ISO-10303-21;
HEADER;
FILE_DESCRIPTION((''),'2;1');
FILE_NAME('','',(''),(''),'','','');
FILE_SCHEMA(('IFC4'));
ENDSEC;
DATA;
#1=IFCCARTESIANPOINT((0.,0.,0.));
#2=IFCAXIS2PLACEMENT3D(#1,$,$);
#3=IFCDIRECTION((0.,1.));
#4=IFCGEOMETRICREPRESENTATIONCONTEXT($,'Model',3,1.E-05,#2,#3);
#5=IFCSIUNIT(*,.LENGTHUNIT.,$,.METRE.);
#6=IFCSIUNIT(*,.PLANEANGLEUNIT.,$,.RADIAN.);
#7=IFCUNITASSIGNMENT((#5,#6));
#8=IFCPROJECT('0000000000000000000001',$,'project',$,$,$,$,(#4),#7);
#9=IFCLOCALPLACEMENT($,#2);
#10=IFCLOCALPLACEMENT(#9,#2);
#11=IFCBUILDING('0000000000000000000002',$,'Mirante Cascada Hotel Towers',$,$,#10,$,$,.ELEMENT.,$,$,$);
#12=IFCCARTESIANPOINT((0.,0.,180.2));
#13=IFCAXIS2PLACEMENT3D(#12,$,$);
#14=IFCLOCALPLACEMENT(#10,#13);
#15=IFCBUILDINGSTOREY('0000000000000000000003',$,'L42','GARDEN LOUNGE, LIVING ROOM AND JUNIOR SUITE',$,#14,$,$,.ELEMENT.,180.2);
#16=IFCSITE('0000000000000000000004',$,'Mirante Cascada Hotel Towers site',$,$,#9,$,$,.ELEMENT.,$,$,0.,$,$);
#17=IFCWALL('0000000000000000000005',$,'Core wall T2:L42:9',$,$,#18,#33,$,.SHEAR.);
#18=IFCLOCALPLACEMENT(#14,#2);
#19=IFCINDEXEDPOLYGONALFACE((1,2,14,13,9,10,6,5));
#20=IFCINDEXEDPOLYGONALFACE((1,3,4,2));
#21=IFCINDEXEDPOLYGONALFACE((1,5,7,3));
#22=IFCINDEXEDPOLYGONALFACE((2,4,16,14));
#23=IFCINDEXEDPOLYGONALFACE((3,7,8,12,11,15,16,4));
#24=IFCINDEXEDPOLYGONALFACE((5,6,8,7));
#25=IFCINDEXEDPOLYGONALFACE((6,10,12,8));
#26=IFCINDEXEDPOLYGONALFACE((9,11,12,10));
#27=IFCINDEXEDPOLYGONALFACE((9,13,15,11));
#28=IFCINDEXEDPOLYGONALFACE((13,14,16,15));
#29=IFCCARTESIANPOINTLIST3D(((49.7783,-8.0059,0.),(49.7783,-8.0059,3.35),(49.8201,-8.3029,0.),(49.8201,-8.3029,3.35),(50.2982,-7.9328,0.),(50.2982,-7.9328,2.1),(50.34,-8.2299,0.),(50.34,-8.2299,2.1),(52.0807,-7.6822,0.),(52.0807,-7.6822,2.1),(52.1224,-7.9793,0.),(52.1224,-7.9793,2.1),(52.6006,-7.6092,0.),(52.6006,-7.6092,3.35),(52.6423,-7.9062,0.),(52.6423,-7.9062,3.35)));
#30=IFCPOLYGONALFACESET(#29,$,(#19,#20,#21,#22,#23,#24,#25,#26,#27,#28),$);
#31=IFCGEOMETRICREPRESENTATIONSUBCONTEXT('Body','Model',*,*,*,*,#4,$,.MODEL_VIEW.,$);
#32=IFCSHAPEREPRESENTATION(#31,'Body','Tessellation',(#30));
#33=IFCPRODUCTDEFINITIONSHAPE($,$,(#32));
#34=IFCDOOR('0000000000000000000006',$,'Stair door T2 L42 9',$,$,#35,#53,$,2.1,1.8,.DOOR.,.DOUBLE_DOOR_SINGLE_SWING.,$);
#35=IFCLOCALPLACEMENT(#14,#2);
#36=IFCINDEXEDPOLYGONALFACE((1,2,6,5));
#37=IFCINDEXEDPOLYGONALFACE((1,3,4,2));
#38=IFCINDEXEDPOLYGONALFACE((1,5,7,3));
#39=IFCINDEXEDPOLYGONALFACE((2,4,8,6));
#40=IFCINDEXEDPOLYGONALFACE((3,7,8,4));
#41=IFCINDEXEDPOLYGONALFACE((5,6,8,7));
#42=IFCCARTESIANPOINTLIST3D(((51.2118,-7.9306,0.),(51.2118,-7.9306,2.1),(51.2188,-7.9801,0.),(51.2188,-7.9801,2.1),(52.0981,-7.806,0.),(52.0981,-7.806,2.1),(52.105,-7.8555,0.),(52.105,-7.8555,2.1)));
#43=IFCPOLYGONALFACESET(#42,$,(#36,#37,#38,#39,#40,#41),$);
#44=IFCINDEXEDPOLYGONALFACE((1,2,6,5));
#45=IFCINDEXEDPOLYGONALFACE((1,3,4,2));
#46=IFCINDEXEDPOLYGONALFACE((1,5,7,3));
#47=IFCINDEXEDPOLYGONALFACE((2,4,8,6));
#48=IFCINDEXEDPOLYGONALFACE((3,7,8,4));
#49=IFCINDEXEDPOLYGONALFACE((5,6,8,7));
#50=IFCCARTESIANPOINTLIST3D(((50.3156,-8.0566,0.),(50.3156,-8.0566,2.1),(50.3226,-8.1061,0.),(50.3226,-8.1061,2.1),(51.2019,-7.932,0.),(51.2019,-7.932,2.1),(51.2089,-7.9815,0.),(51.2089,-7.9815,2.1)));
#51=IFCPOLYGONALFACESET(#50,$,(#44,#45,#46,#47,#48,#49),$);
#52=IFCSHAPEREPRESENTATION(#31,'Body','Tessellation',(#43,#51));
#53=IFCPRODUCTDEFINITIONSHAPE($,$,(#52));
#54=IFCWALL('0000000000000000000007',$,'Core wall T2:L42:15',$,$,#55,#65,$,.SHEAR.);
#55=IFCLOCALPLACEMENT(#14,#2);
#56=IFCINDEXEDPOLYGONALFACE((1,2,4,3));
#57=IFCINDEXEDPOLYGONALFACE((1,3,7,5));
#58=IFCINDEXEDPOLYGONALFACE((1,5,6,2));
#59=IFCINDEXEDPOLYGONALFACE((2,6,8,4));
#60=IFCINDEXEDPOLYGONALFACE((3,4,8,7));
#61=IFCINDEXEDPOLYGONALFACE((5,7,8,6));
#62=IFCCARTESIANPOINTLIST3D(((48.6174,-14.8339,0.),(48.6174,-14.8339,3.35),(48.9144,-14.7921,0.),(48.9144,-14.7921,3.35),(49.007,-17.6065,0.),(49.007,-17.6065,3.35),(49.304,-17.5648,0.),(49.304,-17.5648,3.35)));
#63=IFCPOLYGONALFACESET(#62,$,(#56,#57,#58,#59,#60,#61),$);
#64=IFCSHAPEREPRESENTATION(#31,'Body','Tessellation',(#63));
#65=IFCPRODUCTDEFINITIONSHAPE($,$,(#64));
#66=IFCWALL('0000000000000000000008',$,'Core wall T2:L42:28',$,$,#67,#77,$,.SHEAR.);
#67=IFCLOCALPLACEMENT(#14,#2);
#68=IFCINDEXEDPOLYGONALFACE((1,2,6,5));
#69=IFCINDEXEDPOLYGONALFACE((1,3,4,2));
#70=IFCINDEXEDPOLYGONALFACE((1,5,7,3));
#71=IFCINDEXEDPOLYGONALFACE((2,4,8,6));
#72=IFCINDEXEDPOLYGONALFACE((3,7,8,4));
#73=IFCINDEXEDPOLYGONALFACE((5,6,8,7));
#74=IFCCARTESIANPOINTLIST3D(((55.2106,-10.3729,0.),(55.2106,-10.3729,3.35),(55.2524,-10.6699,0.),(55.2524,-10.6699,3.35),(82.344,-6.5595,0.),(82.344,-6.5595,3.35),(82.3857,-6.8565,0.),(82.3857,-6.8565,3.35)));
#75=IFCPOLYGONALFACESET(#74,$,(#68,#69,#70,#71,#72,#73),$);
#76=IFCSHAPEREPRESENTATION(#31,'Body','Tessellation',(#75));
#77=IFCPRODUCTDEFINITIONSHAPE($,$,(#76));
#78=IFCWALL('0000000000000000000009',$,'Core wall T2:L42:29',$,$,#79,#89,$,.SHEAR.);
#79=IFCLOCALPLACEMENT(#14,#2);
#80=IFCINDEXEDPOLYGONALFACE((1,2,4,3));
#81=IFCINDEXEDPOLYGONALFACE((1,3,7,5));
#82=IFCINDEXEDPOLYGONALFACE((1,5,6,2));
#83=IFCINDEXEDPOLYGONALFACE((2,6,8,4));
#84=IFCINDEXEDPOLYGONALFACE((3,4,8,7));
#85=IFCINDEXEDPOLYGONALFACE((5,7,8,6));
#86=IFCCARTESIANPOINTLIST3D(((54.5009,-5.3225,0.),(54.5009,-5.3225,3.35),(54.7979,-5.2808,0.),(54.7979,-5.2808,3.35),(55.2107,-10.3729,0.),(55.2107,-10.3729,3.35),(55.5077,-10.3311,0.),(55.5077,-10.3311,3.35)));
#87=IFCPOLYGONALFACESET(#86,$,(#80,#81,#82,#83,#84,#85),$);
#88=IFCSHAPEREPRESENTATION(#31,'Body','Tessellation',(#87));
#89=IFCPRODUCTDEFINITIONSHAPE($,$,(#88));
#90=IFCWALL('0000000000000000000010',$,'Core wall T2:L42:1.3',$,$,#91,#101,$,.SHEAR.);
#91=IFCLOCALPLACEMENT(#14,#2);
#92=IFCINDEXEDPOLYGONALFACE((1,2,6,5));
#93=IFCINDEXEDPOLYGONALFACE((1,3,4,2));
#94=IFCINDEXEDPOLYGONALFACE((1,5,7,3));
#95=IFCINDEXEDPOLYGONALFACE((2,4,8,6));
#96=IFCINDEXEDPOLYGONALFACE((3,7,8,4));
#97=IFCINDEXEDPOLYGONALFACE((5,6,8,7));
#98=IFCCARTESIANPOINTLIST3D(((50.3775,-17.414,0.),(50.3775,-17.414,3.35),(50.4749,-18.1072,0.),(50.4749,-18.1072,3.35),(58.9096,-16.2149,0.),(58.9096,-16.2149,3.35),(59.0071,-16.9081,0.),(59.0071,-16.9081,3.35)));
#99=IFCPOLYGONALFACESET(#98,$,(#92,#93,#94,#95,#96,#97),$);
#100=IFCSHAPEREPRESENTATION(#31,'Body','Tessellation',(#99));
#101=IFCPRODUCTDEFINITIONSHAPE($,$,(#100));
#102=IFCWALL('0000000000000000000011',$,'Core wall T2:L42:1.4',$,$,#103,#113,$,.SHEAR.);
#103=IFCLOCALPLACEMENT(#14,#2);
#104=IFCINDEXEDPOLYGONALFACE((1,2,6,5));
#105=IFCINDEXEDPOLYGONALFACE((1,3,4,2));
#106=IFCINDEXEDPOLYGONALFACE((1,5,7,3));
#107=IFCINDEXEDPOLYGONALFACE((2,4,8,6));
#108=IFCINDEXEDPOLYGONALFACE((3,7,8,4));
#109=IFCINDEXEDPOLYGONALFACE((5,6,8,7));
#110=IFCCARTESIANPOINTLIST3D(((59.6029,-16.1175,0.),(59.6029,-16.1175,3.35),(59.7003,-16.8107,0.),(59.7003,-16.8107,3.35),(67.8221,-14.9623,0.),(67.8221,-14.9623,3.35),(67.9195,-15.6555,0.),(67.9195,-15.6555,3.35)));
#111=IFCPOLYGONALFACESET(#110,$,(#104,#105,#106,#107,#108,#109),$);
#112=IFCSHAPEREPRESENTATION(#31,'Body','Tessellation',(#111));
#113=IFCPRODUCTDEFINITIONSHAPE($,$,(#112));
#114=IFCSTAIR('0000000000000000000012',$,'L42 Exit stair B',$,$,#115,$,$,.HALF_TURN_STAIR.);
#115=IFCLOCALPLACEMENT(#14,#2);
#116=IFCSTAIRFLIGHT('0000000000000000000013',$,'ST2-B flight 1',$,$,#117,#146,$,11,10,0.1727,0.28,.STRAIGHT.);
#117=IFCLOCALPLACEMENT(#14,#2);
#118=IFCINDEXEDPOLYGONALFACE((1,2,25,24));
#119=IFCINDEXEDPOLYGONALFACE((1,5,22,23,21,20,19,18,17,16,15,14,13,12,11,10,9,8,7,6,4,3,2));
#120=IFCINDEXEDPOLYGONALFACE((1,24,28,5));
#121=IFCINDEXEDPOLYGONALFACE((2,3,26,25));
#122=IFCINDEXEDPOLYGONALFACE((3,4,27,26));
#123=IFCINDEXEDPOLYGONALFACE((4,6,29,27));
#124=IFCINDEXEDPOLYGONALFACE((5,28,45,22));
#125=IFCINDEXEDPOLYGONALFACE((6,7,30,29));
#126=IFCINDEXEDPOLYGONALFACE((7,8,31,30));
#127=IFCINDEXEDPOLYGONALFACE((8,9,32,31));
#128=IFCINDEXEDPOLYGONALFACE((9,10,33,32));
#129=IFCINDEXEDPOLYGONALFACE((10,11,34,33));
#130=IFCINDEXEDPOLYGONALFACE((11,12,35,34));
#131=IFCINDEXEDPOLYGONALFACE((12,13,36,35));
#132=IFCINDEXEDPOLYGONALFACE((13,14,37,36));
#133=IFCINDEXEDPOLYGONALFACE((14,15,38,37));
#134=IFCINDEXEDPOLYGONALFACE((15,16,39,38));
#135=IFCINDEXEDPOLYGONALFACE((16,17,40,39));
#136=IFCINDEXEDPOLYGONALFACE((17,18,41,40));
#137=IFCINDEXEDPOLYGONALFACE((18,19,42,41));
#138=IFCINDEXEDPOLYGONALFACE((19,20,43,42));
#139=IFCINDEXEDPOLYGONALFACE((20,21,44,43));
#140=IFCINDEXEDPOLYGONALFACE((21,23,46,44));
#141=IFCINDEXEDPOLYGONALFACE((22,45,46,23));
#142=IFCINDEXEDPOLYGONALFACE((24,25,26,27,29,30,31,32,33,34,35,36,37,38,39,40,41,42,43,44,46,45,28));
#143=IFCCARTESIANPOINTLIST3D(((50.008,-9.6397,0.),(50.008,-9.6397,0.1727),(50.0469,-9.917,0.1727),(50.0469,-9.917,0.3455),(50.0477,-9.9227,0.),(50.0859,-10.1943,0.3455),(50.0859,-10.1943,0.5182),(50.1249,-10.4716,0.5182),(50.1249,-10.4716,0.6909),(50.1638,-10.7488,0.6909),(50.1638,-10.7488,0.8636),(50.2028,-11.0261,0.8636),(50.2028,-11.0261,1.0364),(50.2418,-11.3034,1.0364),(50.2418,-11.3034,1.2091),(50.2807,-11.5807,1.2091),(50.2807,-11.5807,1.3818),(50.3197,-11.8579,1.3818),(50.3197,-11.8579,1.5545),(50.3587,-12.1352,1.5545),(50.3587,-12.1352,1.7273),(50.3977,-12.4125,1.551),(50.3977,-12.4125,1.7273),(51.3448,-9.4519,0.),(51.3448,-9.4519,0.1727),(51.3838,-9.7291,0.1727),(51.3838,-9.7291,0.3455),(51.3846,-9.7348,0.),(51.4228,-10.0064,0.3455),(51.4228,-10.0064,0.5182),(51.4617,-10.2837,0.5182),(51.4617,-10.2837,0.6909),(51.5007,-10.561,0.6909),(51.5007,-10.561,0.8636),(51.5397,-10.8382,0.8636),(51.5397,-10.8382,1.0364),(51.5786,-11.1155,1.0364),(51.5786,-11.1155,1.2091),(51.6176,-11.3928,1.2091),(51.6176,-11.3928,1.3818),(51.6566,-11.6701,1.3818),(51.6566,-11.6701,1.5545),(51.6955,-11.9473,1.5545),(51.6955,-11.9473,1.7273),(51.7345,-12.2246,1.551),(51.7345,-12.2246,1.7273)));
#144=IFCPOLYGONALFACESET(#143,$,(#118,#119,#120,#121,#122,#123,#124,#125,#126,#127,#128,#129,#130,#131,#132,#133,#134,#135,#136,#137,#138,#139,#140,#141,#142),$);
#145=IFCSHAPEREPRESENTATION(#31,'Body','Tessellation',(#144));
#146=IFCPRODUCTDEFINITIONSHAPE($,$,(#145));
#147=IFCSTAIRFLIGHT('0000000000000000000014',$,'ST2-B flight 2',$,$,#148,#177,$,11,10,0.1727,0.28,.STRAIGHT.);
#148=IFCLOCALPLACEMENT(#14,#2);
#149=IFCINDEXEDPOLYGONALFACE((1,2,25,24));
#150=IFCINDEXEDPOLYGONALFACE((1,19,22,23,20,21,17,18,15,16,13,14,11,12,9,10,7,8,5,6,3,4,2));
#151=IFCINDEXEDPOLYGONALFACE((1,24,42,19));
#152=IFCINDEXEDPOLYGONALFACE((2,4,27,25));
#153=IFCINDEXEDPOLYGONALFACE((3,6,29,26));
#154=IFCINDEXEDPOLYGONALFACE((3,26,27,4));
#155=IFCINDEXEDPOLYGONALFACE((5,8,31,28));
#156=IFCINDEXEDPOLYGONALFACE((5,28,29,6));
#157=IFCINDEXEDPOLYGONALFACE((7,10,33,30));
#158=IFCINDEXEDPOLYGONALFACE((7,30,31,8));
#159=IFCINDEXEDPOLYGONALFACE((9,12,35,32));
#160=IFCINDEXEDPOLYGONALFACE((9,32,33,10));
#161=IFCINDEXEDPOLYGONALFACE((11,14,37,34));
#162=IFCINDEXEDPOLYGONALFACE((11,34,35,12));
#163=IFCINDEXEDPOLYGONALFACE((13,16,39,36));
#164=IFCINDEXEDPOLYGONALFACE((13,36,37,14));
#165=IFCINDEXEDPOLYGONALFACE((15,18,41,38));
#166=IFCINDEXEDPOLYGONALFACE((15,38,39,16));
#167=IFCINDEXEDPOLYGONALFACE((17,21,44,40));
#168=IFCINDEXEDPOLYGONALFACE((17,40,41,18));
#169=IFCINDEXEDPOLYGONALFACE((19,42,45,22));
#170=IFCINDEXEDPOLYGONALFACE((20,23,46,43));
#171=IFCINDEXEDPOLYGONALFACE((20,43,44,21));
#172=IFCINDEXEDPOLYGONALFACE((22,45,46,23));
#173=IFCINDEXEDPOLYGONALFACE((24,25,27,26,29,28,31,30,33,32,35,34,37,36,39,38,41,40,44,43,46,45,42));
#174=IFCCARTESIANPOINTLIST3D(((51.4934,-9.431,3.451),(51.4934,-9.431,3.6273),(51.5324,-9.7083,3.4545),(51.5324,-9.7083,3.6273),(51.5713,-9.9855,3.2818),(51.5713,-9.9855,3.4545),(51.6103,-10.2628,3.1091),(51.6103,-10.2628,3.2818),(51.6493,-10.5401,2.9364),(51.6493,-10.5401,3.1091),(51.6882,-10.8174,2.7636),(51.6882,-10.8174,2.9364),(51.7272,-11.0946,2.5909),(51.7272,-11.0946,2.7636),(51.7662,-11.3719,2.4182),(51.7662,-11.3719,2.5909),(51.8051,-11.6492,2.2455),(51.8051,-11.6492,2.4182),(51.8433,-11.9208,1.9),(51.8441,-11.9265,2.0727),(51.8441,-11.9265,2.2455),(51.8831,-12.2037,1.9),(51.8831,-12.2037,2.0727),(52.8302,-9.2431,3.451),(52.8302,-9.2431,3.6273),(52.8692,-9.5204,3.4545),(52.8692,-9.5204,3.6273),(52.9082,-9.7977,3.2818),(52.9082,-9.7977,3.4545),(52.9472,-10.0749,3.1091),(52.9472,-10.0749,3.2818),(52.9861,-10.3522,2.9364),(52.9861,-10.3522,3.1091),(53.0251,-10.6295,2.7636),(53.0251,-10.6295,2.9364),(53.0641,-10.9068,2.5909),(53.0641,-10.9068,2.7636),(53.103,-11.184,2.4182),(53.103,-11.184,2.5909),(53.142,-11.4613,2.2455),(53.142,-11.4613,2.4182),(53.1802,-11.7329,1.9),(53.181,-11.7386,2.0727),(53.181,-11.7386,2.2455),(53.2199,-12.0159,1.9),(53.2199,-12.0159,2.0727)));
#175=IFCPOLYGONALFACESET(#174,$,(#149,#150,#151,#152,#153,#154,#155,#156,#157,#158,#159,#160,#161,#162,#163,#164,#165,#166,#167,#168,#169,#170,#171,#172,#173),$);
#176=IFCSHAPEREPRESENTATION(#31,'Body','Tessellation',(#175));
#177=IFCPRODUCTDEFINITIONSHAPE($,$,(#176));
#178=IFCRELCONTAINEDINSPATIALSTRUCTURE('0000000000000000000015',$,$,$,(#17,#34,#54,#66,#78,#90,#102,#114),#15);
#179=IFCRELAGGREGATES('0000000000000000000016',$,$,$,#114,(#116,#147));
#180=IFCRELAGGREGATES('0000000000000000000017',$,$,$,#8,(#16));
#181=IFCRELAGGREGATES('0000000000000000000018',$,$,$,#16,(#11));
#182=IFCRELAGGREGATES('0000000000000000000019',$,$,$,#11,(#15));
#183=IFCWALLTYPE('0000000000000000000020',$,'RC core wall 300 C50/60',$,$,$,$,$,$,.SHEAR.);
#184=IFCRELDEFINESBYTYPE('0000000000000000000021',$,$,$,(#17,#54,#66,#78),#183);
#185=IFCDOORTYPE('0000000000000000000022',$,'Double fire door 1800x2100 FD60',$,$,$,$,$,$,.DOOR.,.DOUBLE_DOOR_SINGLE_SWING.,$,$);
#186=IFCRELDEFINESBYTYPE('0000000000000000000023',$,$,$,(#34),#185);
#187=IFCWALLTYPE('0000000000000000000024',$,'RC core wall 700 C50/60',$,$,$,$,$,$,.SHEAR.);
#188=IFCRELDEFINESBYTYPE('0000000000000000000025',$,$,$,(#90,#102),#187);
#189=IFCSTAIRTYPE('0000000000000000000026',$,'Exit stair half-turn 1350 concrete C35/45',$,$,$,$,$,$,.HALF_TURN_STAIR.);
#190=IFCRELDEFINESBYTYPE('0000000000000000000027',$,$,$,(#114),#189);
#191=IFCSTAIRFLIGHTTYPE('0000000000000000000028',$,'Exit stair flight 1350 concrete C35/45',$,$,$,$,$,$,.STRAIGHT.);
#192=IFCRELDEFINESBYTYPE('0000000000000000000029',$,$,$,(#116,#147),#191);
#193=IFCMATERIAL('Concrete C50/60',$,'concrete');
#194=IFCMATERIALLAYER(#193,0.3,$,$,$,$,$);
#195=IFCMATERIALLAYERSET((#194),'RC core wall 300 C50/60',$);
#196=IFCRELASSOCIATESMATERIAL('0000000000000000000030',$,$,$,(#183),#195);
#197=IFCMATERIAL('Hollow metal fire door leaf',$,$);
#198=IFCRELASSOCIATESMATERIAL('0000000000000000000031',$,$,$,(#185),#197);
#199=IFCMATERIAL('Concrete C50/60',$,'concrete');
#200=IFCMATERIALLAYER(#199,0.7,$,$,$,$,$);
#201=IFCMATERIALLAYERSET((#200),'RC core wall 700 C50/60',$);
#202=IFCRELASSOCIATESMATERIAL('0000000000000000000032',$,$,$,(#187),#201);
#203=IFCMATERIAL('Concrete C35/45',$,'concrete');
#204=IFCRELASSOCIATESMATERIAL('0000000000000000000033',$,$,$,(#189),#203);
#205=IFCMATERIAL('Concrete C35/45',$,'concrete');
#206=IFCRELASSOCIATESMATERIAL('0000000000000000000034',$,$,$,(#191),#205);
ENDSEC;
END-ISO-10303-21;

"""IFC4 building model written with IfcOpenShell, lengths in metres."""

from ifc_helpers import new_model, si_unit, direction, frame, frame_2d, origin, place, context, subcontext, project, spatial, polyline, rectangle, outline, extrude, material, layer, layer_set, type_object, element, fill, aggregate, save


model = new_model("IFC4")

# Units and contexts
model_context = context("Model", 3, precision=1e-05, world=origin(), true_north=direction((0.0, 1.0)))
body_context = subcontext(model_context, "Body", "Model", "MODEL_VIEW")
ifc_project = project(units=[si_unit("LENGTHUNIT", "METRE"), si_unit("PLANEANGLEUNIT", "RADIAN")], contexts=[model_context])

# Site, building, storey
site_placement = place(None, origin())
site = spatial("IfcSite", under=ifc_project, at=site_placement, Name="Mirante Cascada Hotel Towers site", CompositionType="ELEMENT", RefElevation=0.0)
building_placement = place(site_placement, origin())
building = spatial("IfcBuilding", under=site, at=building_placement, Name="Mirante Cascada Hotel Towers", CompositionType="ELEMENT")
storey_placement = place(building_placement, frame((0.0, 0.0, 180.2)))
storey = spatial("IfcBuildingStorey", under=building, at=storey_placement, Name="L42", Description="GARDEN LOUNGE, LIVING ROOM AND JUNIOR SUITE", CompositionType="ELEMENT", Elevation=180.2)

# Shared definitions
ifc_material_1 = material(Name="Concrete C50/60", Category="concrete")
ifc_layer_1 = layer(ifc_material_1, 0.3)
ifc_layer_set_1 = layer_set([ifc_layer_1], Name="RC core wall 300 C50/60")
wall_type_1 = type_object("IfcWallType", Name="RC core wall 300 C50/60", PredefinedType="SHEAR", material=ifc_layer_set_1)

# Wall, opening, door
wall_1_placement = place(storey_placement, frame((49.7992, -8.1544, 0.0), z_axis=(0.0, 0.0, 1.0), x_axis=(0.990266, 0.139191, 0.0)))
wall_1 = element("IfcWall", 1, at=wall_1_placement, inside=storey, type_object=wall_type_1, Name="Core wall T2:L42:9", PredefinedType="SHEAR", context=body_context, shape_type="SweptSolid", body=[
    extrude(rectangle(XDim=2.85, YDim=0.3, at=frame_2d((1.425, 0.0))), origin(), (0.0, 0.0, 1.0), 3.35),
])
opening_1_placement = place(wall_1_placement, frame((0.525, 0.0, 0.0)))
opening_1 = element("IfcOpeningElement", 2, at=opening_1_placement, cuts=wall_1, PredefinedType="OPENING", context=body_context, shape_type="SweptSolid", body=[
    extrude(rectangle(XDim=1.8, YDim=2.1, at=frame_2d((0.9, 1.05))), frame((0.0, 0.15, 0.0), z_axis=(0.0, -1.0, 0.0), x_axis=(1.0, 0.0, 0.0)), (0.0, 0.0, 1.0), 0.3),
])
ifc_material_2 = material(Name="Hollow metal fire door leaf")
door_type_1 = type_object("IfcDoorType", Name="Double fire door 1800x2100 FD60", OperationType="DOUBLE_DOOR_SINGLE_SWING", PredefinedType="DOOR", material=ifc_material_2)
door_1_placement = place(opening_1_placement, frame((1.8, 0.0, 0.0), z_axis=(0.0, 0.0, 1.0), x_axis=(-1.0, 0.0, 0.0)))
door_1 = element("IfcDoor", 3, at=door_1_placement, inside=storey, type_object=door_type_1, Name="Stair door T2 L42 9", OperationType="DOUBLE_DOOR_SINGLE_SWING", OverallHeight=2.1, OverallWidth=1.8, PredefinedType="DOOR", context=body_context, shape_type="SweptSolid", body=[
    extrude(rectangle(XDim=0.895, YDim=2.1, at=frame_2d((0.4475, 1.05))), frame((0.0, 0.025, 0.0), z_axis=(0.0, -1.0, 0.0), x_axis=(1.0, 0.0, 0.0)), (0.0, 0.0, 1.0), 0.05),
    extrude(rectangle(XDim=0.895, YDim=2.1, at=frame_2d((1.3525, 1.05))), frame((0.0, 0.025, 0.0), z_axis=(0.0, -1.0, 0.0), x_axis=(1.0, 0.0, 0.0)), (0.0, 0.0, 1.0), 0.05),
])
fill(opening_1, door_1)

# Walls
wall_2_placement = place(storey_placement, frame((49.1555, -17.5857, 0.0), z_axis=(0.0, 0.0, 1.0), x_axis=(-0.139146, 0.990272, 0.0)))
element("IfcWall", 4, at=wall_2_placement, inside=storey, type_object=wall_type_1, Name="Core wall T2:L42:15", PredefinedType="SHEAR", context=body_context, shape_type="SweptSolid", body=[
    extrude(rectangle(XDim=2.7999, YDim=0.3, at=frame_2d((1.4, 0.0))), origin(), (0.0, 0.0, 1.0), 3.35),
])
wall_3_placement = place(storey_placement, frame((55.2315, -10.5214, 0.0), z_axis=(0.0, 0.0, 1.0), x_axis=(0.990268, 0.139175, 0.0)))
element("IfcWall", 5, at=wall_3_placement, inside=storey, type_object=wall_type_1, Name="Core wall T2:L42:28", PredefinedType="SHEAR", context=body_context, shape_type="SweptSolid", body=[
    extrude(rectangle(XDim=27.4, YDim=0.3, at=frame_2d((13.7, 0.0))), origin(), (0.0, 0.0, 1.0), 3.35),
])
wall_4_placement = place(storey_placement, frame((55.3592, -10.352, 0.0), z_axis=(0.0, 0.0, 1.0), x_axis=(-0.139176, 0.990268, 0.0)))
element("IfcWall", 6, at=wall_4_placement, inside=storey, type_object=wall_type_1, Name="Core wall T2:L42:29", PredefinedType="SHEAR", context=body_context, shape_type="SweptSolid", body=[
    extrude(rectangle(XDim=5.1, YDim=0.3, at=frame_2d((2.55, 0.0))), origin(), (0.0, 0.0, 1.0), 3.35),
])
ifc_material_3 = material(Name="Concrete C50/60", Category="concrete")
ifc_layer_2 = layer(ifc_material_3, 0.7)
ifc_layer_set_2 = layer_set([ifc_layer_2], Name="RC core wall 700 C50/60")
wall_type_2 = type_object("IfcWallType", Name="RC core wall 700 C50/60", PredefinedType="SHEAR", material=ifc_layer_set_2)
wall_5_placement = place(storey_placement, frame((50.4262, -17.7606, 0.0), z_axis=(0.0, 0.0, 1.0), x_axis=(0.990268, 0.139171, 0.0)))
element("IfcWall", 7, at=wall_5_placement, inside=storey, type_object=wall_type_2, Name="Core wall T2:L42:1.3", PredefinedType="SHEAR", context=body_context, shape_type="SweptSolid", body=[
    extrude(rectangle(XDim=8.616, YDim=0.7, at=frame_2d((4.308, 0.0))), origin(), (0.0, 0.0, 1.0), 3.35),
])
wall_6_placement = place(storey_placement, frame((59.6516, -16.4641, 0.0), z_axis=(0.0, 0.0, 1.0), x_axis=(0.990267, 0.139181, 0.0)))
element("IfcWall", 8, at=wall_6_placement, inside=storey, type_object=wall_type_2, Name="Core wall T2:L42:1.4", PredefinedType="SHEAR", context=body_context, shape_type="SweptSolid", body=[
    extrude(rectangle(XDim=8.3, YDim=0.7, at=frame_2d((4.15, 0.0))), origin(), (0.0, 0.0, 1.0), 3.35),
])

# Stair, stair flights
ifc_material_4 = material(Name="Concrete C35/45", Category="concrete")
stair_type = type_object("IfcStairType", Name="Exit stair half-turn 1350 concrete C35/45", PredefinedType="HALF_TURN_STAIR", material=ifc_material_4)
stair_placement = place(storey_placement, origin())
stair = element("IfcStair", 9, at=stair_placement, inside=storey, type_object=stair_type, Name="L42 Exit stair B", PredefinedType="HALF_TURN_STAIR")
ifc_material_5 = material(Name="Concrete C35/45", Category="concrete")
stair_flight_type = type_object("IfcStairFlightType", Name="Exit stair flight 1350 concrete C35/45", PredefinedType="STRAIGHT", material=ifc_material_5)
stair_flight_1_placement = place(storey_placement, frame((50.6764, -9.5458, 0.0), z_axis=(0.0, 0.0, 1.0), x_axis=(0.139173, -0.990268, 0.0)))
stair_flight_1 = element("IfcStairFlight", 10, at=stair_flight_1_placement, type_object=stair_flight_type, Name="ST2-B flight 1", NumberOfRisers=11, NumberOfTreads=10, PredefinedType="STRAIGHT", RiserHeight=0.1727, TreadLength=0.28, context=body_context, shape_type="SweptSolid", body=[
    extrude(outline(polyline([(0.0, 0.0), (0.0, 0.1727), (0.28, 0.1727), (0.28, 0.3455), (0.56, 0.3455), (0.56, 0.5182), (0.84, 0.5182), (0.84, 0.6909), (1.12, 0.6909), (1.12, 0.8636), (1.4, 0.8636), (1.4, 1.0364), (1.68, 1.0364), (1.68, 1.2091), (1.96, 1.2091), (1.96, 1.3818), (2.24, 1.3818), (2.24, 1.5545), (2.52, 1.5545), (2.52, 1.7273), (2.8, 1.7273), (2.8, 1.9), (2.8, 1.551), (0.2857, 0.0), (0.0, 0.0)])), frame((0.0, 0.675, 0.0), z_axis=(0.0, -1.0, 0.0), x_axis=(1.0, 0.0, 0.0)), (0.0, 0.0, 1.0), 1.35),
])
stair_flight_2_placement = place(storey_placement, frame((52.5515, -12.1098, 1.9), z_axis=(0.0, 0.0, 1.0), x_axis=(-0.139173, 0.990268, 0.0)))
stair_flight_2 = element("IfcStairFlight", 11, at=stair_flight_2_placement, type_object=stair_flight_type, Name="ST2-B flight 2", NumberOfRisers=11, NumberOfTreads=10, PredefinedType="STRAIGHT", RiserHeight=0.1727, TreadLength=0.28, context=body_context, shape_type="SweptSolid", body=[
    extrude(outline(polyline([(0.0, 0.0), (0.0, 0.1727), (0.28, 0.1727), (0.28, 0.3455), (0.56, 0.3455), (0.56, 0.5182), (0.84, 0.5182), (0.84, 0.6909), (1.12, 0.6909), (1.12, 0.8636), (1.4, 0.8636), (1.4, 1.0364), (1.68, 1.0364), (1.68, 1.2091), (1.96, 1.2091), (1.96, 1.3818), (2.24, 1.3818), (2.24, 1.5545), (2.52, 1.5545), (2.52, 1.7273), (2.8, 1.7273), (2.8, 1.9), (2.8, 1.551), (0.2857, 0.0), (0.0, 0.0)])), frame((0.0, 0.675, 0.0), z_axis=(0.0, -1.0, 0.0), x_axis=(1.0, 0.0, 0.0)), (0.0, 0.0, 1.0), 1.35),
])
aggregate(stair, [stair_flight_1, stair_flight_2])

save(model, "model.ifc")
